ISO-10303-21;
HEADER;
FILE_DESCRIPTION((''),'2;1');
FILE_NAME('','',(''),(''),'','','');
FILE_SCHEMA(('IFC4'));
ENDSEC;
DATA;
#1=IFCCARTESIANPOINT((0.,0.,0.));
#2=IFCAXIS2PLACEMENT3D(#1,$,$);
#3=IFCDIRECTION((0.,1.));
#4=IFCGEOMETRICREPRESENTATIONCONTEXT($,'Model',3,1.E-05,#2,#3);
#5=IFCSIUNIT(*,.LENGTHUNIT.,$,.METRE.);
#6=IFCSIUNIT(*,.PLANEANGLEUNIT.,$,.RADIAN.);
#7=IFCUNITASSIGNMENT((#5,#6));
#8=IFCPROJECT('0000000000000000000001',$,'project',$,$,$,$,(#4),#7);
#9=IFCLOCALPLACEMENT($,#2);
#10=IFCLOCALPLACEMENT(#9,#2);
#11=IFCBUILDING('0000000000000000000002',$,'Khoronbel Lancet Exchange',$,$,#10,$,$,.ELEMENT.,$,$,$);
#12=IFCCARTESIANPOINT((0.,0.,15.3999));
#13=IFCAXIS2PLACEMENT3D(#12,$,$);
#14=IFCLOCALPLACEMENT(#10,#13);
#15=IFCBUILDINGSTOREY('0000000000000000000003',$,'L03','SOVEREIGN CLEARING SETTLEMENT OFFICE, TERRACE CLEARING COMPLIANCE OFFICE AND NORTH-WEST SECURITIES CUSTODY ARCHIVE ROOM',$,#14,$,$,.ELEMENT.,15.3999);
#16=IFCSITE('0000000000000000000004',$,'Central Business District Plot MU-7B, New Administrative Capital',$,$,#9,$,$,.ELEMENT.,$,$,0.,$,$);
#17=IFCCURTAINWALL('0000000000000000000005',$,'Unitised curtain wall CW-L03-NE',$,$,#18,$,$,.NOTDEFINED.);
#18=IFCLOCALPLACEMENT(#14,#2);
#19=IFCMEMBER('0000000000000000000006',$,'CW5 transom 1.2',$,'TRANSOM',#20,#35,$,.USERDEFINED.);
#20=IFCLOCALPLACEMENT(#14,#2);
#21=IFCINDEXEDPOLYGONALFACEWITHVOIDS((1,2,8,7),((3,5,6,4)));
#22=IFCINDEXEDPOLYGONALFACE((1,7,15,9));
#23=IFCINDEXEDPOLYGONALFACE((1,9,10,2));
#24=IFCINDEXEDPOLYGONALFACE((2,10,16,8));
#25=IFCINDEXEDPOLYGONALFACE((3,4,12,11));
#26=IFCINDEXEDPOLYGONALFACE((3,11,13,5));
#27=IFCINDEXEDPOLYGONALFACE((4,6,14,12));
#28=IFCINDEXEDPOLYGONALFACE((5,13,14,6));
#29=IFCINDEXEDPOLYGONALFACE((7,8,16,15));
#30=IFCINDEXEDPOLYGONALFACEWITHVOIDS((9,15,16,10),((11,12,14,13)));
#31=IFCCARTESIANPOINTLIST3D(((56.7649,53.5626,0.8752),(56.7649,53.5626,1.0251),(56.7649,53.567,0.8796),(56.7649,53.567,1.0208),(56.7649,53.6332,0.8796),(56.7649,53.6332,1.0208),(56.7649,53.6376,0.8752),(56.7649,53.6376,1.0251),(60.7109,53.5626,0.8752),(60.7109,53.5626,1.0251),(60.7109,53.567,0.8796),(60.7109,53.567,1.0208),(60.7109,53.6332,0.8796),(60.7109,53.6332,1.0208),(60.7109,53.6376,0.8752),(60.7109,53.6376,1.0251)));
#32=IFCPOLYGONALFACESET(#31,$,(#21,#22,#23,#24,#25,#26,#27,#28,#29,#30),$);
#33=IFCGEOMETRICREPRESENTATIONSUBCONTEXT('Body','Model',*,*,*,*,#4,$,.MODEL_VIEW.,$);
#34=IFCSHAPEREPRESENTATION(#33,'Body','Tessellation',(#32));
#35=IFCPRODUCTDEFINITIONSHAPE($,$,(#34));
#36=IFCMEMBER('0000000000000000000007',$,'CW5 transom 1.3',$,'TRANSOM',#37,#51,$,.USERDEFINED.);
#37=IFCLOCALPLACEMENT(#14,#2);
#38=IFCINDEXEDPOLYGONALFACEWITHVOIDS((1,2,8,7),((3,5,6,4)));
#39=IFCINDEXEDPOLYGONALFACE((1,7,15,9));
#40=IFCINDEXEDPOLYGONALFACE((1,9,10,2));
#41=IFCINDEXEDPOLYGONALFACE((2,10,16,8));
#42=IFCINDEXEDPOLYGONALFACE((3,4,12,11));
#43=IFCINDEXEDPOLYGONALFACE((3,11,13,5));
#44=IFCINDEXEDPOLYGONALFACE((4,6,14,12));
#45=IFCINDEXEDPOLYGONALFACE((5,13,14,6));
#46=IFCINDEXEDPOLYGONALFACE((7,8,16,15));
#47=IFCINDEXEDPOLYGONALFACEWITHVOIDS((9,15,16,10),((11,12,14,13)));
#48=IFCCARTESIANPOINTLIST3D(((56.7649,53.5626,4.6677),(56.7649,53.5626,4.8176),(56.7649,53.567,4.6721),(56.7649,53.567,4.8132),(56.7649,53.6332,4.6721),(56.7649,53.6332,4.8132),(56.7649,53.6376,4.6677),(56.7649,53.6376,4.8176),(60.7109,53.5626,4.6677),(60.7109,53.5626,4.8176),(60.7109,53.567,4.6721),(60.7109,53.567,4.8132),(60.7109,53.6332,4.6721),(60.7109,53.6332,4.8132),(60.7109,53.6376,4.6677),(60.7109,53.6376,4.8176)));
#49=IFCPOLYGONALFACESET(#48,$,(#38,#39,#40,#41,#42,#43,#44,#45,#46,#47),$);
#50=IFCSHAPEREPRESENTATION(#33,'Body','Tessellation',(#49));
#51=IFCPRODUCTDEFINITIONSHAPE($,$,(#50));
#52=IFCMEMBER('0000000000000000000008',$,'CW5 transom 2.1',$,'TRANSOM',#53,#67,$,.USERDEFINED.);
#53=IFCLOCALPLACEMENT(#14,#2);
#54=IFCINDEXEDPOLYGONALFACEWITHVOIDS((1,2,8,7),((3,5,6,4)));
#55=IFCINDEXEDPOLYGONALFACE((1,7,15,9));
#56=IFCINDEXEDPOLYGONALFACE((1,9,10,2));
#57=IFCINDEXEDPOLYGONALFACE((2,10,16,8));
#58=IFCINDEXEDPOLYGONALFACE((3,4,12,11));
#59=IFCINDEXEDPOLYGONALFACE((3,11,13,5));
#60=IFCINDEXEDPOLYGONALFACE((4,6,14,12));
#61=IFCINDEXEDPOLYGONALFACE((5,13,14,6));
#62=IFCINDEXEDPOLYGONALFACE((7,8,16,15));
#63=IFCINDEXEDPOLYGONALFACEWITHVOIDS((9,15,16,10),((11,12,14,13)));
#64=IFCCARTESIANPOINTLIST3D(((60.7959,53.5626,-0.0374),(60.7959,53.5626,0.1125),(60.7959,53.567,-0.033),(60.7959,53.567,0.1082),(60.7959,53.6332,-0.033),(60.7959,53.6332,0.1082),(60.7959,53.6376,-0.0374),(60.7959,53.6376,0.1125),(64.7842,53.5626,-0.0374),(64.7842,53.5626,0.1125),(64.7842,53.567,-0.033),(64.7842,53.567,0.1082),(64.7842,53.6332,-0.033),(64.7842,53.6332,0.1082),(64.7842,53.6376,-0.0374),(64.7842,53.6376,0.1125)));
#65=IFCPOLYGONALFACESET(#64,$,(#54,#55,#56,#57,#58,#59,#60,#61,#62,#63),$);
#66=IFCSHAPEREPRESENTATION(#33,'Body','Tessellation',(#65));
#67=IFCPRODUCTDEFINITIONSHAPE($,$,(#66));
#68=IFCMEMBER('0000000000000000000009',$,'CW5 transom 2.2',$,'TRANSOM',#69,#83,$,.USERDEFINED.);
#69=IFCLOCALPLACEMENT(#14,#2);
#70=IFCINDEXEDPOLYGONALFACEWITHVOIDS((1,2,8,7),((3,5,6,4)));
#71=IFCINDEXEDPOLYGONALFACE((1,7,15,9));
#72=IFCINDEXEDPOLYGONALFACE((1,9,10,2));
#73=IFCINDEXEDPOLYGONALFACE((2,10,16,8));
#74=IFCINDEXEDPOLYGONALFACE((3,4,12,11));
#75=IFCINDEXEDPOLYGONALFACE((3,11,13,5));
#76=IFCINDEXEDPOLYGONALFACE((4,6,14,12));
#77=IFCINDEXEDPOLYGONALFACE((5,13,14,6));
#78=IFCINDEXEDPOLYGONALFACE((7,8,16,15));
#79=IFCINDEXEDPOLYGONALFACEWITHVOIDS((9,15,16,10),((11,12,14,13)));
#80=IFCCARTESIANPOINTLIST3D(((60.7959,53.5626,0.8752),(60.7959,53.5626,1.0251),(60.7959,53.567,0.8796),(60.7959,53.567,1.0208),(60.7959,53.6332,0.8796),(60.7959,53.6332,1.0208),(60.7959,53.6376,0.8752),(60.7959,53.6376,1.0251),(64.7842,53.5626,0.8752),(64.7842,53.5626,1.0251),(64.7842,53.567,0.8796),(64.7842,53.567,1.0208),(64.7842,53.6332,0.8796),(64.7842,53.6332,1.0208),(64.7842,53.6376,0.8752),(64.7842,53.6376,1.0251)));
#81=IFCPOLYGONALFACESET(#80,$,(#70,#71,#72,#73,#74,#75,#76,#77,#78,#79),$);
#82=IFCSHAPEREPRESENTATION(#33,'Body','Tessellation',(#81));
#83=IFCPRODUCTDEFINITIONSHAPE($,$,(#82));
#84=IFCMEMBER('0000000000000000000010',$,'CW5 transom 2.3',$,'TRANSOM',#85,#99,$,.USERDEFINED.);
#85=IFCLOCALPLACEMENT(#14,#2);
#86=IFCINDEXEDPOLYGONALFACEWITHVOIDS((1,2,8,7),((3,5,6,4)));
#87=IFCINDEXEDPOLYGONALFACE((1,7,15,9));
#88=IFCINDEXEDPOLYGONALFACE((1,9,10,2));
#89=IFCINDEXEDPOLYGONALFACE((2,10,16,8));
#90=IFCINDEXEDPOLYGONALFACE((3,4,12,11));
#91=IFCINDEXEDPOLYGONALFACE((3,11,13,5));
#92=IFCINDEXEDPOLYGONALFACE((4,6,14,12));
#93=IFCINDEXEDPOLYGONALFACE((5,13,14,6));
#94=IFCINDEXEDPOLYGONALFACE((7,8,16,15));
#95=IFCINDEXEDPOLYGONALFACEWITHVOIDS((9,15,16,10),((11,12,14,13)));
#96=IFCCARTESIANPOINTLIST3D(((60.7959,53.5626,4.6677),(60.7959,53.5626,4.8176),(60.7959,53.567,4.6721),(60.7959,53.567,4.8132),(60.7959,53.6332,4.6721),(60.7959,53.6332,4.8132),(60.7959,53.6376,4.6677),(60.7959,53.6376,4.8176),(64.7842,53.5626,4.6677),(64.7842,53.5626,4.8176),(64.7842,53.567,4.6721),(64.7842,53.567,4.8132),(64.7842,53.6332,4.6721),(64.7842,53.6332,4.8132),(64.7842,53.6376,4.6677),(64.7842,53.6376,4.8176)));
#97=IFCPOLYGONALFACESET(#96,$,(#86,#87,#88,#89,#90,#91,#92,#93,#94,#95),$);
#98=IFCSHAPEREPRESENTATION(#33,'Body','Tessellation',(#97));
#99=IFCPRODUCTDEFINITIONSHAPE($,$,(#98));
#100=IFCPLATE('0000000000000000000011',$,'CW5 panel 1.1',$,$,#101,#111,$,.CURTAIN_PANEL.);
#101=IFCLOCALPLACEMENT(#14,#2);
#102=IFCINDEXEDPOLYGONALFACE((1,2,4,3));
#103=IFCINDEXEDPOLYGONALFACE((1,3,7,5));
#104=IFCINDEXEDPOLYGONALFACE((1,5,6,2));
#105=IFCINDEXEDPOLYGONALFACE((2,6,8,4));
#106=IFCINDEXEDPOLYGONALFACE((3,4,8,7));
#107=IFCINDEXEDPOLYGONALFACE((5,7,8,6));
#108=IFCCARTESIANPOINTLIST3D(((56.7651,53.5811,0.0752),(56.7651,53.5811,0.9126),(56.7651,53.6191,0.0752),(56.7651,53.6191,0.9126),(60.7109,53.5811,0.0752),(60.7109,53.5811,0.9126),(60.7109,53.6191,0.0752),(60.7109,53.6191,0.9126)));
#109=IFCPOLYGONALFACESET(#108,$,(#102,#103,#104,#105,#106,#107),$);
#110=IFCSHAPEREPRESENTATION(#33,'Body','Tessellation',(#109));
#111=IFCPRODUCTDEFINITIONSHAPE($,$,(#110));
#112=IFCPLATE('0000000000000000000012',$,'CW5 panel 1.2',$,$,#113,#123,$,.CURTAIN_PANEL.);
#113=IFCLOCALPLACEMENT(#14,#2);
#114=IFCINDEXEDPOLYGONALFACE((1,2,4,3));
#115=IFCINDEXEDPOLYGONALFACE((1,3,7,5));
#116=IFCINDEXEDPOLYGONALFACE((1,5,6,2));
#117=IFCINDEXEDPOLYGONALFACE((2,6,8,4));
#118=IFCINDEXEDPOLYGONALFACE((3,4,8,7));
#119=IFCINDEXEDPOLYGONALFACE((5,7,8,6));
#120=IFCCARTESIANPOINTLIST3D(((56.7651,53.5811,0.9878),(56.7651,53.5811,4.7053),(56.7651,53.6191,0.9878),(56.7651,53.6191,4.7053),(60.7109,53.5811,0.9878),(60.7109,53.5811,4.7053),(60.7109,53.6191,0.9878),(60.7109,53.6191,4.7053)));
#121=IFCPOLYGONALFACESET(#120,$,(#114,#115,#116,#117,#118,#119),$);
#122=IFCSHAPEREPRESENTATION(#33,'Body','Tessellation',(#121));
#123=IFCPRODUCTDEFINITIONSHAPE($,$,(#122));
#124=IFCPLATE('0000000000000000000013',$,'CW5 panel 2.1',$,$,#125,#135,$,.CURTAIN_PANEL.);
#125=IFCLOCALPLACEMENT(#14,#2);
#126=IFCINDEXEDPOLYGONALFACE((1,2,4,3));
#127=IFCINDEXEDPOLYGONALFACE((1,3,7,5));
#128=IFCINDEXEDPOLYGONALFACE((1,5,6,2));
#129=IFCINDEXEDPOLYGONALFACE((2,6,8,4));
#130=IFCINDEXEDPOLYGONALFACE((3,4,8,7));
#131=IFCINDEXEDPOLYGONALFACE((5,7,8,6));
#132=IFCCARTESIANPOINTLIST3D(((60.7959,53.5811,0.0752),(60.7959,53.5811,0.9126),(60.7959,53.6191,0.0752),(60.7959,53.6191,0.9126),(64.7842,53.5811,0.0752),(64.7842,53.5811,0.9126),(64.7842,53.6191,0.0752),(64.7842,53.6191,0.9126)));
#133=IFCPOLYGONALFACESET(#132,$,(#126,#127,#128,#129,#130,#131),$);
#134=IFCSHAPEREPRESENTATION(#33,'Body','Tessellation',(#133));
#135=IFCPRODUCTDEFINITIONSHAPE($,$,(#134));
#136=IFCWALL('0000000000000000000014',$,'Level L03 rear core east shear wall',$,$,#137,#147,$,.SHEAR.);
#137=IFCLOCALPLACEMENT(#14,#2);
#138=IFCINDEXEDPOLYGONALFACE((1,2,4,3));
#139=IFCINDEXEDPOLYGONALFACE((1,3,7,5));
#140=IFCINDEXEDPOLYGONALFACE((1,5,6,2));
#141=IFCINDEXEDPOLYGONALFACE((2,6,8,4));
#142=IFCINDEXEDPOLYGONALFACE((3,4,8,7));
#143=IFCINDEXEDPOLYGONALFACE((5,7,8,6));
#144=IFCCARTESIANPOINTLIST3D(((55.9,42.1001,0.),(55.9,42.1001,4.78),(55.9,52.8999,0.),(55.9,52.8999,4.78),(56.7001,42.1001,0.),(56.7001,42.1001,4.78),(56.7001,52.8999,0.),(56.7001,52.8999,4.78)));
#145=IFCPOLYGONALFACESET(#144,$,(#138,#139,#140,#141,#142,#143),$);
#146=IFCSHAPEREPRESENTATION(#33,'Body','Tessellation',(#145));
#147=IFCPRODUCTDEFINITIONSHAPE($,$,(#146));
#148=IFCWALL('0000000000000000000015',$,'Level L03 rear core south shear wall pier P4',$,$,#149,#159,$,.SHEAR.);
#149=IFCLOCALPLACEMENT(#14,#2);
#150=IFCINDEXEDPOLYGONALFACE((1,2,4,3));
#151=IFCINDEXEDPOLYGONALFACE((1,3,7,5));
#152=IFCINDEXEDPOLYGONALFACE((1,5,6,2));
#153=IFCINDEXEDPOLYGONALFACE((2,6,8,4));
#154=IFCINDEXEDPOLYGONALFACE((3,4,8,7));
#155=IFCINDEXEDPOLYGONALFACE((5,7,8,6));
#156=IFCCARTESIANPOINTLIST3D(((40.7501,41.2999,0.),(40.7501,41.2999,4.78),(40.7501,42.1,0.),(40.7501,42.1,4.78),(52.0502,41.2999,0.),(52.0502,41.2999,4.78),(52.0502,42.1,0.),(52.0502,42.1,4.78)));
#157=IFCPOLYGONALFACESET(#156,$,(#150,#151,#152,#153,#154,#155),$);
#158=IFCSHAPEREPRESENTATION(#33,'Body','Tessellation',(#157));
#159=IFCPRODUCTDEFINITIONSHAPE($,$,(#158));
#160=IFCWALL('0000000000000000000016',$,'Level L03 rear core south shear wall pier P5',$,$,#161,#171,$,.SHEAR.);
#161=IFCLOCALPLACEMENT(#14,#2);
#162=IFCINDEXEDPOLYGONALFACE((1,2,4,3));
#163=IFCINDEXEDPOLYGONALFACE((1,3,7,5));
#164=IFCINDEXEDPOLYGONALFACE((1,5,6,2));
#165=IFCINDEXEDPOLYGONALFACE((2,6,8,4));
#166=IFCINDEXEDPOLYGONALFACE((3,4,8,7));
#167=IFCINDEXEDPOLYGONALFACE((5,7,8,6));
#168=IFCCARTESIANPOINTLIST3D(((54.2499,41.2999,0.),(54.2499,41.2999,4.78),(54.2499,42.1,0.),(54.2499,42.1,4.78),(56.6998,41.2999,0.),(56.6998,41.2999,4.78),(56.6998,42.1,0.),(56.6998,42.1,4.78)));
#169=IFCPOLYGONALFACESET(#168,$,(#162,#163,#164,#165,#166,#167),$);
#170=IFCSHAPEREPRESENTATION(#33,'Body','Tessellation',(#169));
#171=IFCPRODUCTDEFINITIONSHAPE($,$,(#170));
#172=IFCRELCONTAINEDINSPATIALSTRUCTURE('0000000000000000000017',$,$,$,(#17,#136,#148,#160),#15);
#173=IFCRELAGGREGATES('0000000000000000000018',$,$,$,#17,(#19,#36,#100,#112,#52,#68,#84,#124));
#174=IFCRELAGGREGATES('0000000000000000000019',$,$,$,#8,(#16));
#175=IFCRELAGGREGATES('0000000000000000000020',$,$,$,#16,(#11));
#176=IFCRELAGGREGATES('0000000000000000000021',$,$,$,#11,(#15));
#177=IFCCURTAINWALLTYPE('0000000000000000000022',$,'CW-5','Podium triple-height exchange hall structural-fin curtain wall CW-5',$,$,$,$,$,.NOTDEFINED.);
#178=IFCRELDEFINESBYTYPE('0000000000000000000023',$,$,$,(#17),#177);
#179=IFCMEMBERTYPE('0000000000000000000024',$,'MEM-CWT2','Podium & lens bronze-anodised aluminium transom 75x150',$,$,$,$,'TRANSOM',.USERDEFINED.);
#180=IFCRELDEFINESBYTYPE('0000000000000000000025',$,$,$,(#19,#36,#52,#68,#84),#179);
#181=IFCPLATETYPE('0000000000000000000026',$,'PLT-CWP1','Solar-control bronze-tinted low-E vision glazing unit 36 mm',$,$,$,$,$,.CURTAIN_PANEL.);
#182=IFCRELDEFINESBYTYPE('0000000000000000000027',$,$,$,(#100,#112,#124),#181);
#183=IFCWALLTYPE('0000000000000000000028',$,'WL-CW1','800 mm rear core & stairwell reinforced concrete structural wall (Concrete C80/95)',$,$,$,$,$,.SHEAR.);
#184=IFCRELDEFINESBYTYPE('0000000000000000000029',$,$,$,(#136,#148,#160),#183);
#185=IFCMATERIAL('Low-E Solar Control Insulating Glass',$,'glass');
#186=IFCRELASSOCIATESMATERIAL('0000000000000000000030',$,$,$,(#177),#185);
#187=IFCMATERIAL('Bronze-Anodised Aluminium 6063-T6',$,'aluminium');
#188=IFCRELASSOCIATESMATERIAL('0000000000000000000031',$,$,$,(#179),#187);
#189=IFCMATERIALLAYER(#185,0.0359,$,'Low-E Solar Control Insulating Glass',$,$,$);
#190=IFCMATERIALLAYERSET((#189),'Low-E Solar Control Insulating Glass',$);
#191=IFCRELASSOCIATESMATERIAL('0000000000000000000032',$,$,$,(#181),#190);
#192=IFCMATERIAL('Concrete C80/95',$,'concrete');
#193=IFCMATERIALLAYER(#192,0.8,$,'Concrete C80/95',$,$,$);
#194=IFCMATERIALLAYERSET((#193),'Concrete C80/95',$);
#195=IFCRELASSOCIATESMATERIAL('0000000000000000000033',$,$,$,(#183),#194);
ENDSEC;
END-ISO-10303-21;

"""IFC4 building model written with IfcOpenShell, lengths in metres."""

from ifc_helpers import new_model, si_unit, direction, frame, frame_2d, origin, origin_2d, place, context, subcontext, project, spatial, rectangle, hollow_rectangle, extrude, material, layer, layer_set, material_profile, profile_set, type_object, element, aggregate, save


model = new_model("IFC4")

# Units and contexts
model_context = context("Model", 3, precision=1e-05, world=origin(), true_north=direction((0.0, 1.0)))
body_context = subcontext(model_context, "Body", "Model", "MODEL_VIEW")
ifc_project = project(units=[si_unit("LENGTHUNIT", "METRE"), si_unit("PLANEANGLEUNIT", "RADIAN")], contexts=[model_context])

# Site, building, storey
site_placement = place(None, origin())
site = spatial("IfcSite", under=ifc_project, at=site_placement, Name="Central Business District Plot MU-7B, New Administrative Capital", CompositionType="ELEMENT", RefElevation=0.0)
building_placement = place(site_placement, origin())
building = spatial("IfcBuilding", under=site, at=building_placement, Name="Khoronbel Lancet Exchange", CompositionType="ELEMENT")
storey_placement = place(building_placement, frame((0.0, 0.0, 15.3999)))
storey = spatial("IfcBuildingStorey", under=building, at=storey_placement, Name="L03", Description="SOVEREIGN CLEARING SETTLEMENT OFFICE, TERRACE CLEARING COMPLIANCE OFFICE AND NORTH-WEST SECURITIES CUSTODY ARCHIVE ROOM", CompositionType="ELEMENT", Elevation=15.3999)

# Shared definitions
ifc_material_1 = material(Name="Concrete C80/95", Category="concrete")

# Curtain wall, members, plates
ifc_material_2 = material(Name="Low-E Solar Control Insulating Glass", Category="glass")
curtain_wall_type = type_object("IfcCurtainWallType", Name="CW-5", Description="Podium triple-height exchange hall structural-fin curtain wall CW-5", PredefinedType="NOTDEFINED", material=ifc_material_2)
curtain_wall_placement = place(storey_placement, origin())
curtain_wall = element("IfcCurtainWall", 1, at=curtain_wall_placement, inside=storey, type_object=curtain_wall_type, Name="Unitised curtain wall CW-L03-NE", PredefinedType="NOTDEFINED")
ifc_material_3 = material(Name="Bronze-Anodised Aluminium 6063-T6", Category="aluminium")
ifc_material_profile_1 = material_profile(ifc_material_3, hollow_rectangle(XDim=0.075, YDim=0.1499, WallThickness=0.0044, at=origin_2d()), Name="ALU TRANSOM 75x150")
ifc_profile_set_1 = profile_set([ifc_material_profile_1], Name="Bronze-Anodised Aluminium 6063-T6")
member_type_1 = type_object("IfcMemberType", Name="MEM-CWT2", Description="Podium & lens bronze-anodised aluminium transom 75x150", ElementType="TRANSOM", PredefinedType="USERDEFINED", material=ifc_profile_set_1)
member_1_placement = place(storey_placement, frame((56.7649, 53.6001, 0.9502), z_axis=(1.0, 0.0, 0.0), x_axis=(0.0, 1.0, 0.0)))
member_1 = element("IfcMember", 2, at=member_1_placement, type_object=member_type_1, Name="CW5 transom 1.2", ObjectType="TRANSOM", PredefinedType="USERDEFINED", context=body_context, shape_type="SweptSolid", body=[
    extrude(hollow_rectangle(XDim=0.075, YDim=0.1499, WallThickness=0.0044, at=origin_2d()), origin(), (0.0, 0.0, 1.0), 3.946),
])
member_2_placement = place(storey_placement, frame((56.7649, 53.6001, 4.7427), z_axis=(1.0, 0.0, 0.0), x_axis=(0.0, 1.0, 0.0)))
member_2 = element("IfcMember", 3, at=member_2_placement, type_object=member_type_1, Name="CW5 transom 1.3", ObjectType="TRANSOM", PredefinedType="USERDEFINED", context=body_context, shape_type="SweptSolid", body=[
    extrude(hollow_rectangle(XDim=0.075, YDim=0.1499, WallThickness=0.0044, at=origin_2d()), origin(), (0.0, 0.0, 1.0), 3.946),
])
member_3_placement = place(storey_placement, frame((60.7959, 53.6001, 0.0376), z_axis=(1.0, 0.0, 0.0), x_axis=(0.0, 1.0, 0.0)))
member_3 = element("IfcMember", 4, at=member_3_placement, type_object=member_type_1, Name="CW5 transom 2.1", ObjectType="TRANSOM", PredefinedType="USERDEFINED", context=body_context, shape_type="SweptSolid", body=[
    extrude(hollow_rectangle(XDim=0.075, YDim=0.1499, WallThickness=0.0044, at=origin_2d()), origin(), (0.0, 0.0, 1.0), 3.9883),
])
member_4_placement = place(storey_placement, frame((60.7959, 53.6001, 0.9502), z_axis=(1.0, 0.0, 0.0), x_axis=(0.0, 1.0, 0.0)))
member_4 = element("IfcMember", 5, at=member_4_placement, type_object=member_type_1, Name="CW5 transom 2.2", ObjectType="TRANSOM", PredefinedType="USERDEFINED", context=body_context, shape_type="SweptSolid", body=[
    extrude(hollow_rectangle(XDim=0.075, YDim=0.1499, WallThickness=0.0044, at=origin_2d()), origin(), (0.0, 0.0, 1.0), 3.9883),
])
member_5_placement = place(storey_placement, frame((60.7959, 53.6001, 4.7427), z_axis=(1.0, 0.0, 0.0), x_axis=(0.0, 1.0, 0.0)))
member_5 = element("IfcMember", 6, at=member_5_placement, type_object=member_type_1, Name="CW5 transom 2.3", ObjectType="TRANSOM", PredefinedType="USERDEFINED", context=body_context, shape_type="SweptSolid", body=[
    extrude(hollow_rectangle(XDim=0.075, YDim=0.1499, WallThickness=0.0044, at=origin_2d()), origin(), (0.0, 0.0, 1.0), 3.9883),
])
ifc_layer_1 = layer(ifc_material_2, 0.0359, Name="Low-E Solar Control Insulating Glass")
ifc_layer_set_1 = layer_set([ifc_layer_1], Name="Low-E Solar Control Insulating Glass")
plate_type = type_object("IfcPlateType", Name="PLT-CWP1", Description="Solar-control bronze-tinted low-E vision glazing unit 36 mm", PredefinedType="CURTAIN_PANEL", material=ifc_layer_set_1)
plate_1_placement = place(storey_placement, frame((58.738, 53.6001, 0.0752), z_axis=(0.0, 0.0, 1.0), x_axis=(1.0, 0.0, 0.0)))
plate_1 = element("IfcPlate", 7, at=plate_1_placement, type_object=plate_type, Name="CW5 panel 1.1", PredefinedType="CURTAIN_PANEL", context=body_context, shape_type="SweptSolid", body=[
    extrude(rectangle(XDim=3.9458, YDim=0.0381, at=origin_2d()), origin(), (0.0, 0.0, 1.0), 0.8374),
])
plate_2_placement = place(storey_placement, frame((58.738, 53.6001, 0.9878), z_axis=(0.0, 0.0, 1.0), x_axis=(1.0, 0.0, 0.0)))
plate_2 = element("IfcPlate", 8, at=plate_2_placement, type_object=plate_type, Name="CW5 panel 1.2", PredefinedType="CURTAIN_PANEL", context=body_context, shape_type="SweptSolid", body=[
    extrude(rectangle(XDim=3.9458, YDim=0.0381, at=origin_2d()), origin(), (0.0, 0.0, 1.0), 3.7175),
])
plate_3_placement = place(storey_placement, frame((62.79, 53.6001, 0.0752), z_axis=(0.0, 0.0, 1.0), x_axis=(1.0, 0.0, 0.0)))
plate_3 = element("IfcPlate", 9, at=plate_3_placement, type_object=plate_type, Name="CW5 panel 2.1", PredefinedType="CURTAIN_PANEL", context=body_context, shape_type="SweptSolid", body=[
    extrude(rectangle(XDim=3.9883, YDim=0.0381, at=origin_2d()), origin(), (0.0, 0.0, 1.0), 0.8374),
])
aggregate(curtain_wall, [member_1, member_2, plate_1, plate_2, member_3, member_4, member_5, plate_3])

# Walls
ifc_layer_2 = layer(ifc_material_1, 0.8, Name="Concrete C80/95")
ifc_layer_set_2 = layer_set([ifc_layer_2], Name="Concrete C80/95")
wall_type = type_object("IfcWallType", Name="WL-CW1", Description="800 mm rear core & stairwell reinforced concrete structural wall (Concrete C80/95)", PredefinedType="SHEAR", material=ifc_layer_set_2)
wall_1_placement = place(storey_placement, frame((56.3, 52.8999, 0.0), z_axis=(0.0, 0.0, 1.0), x_axis=(0.0, -1.0, 0.0)))
element("IfcWall", 10, at=wall_1_placement, inside=storey, type_object=wall_type, Name="Level L03 rear core east shear wall", PredefinedType="SHEAR", context=body_context, shape_type="SweptSolid", body=[
    extrude(rectangle(XDim=10.7998, YDim=0.8, at=frame_2d((5.3999, 0.0))), origin(), (0.0, 0.0, 1.0), 4.78),
])
wall_2_placement = place(storey_placement, frame((52.05, 41.7, 0.0), z_axis=(0.0, 0.0, 1.0), x_axis=(-1.0, 0.0, 0.0)))
element("IfcWall", 11, at=wall_2_placement, inside=storey, type_object=wall_type, Name="Level L03 rear core south shear wall pier P4", PredefinedType="SHEAR", context=body_context, shape_type="SweptSolid", body=[
    extrude(rectangle(XDim=11.3, YDim=0.8, at=frame_2d((5.6499, 0.0))), origin(), (0.0, 0.0, 1.0), 4.78),
])
wall_3_placement = place(storey_placement, frame((56.7, 41.7, 0.0), z_axis=(0.0, 0.0, 1.0), x_axis=(-1.0, 0.0, 0.0)))
element("IfcWall", 12, at=wall_3_placement, inside=storey, type_object=wall_type, Name="Level L03 rear core south shear wall pier P5", PredefinedType="SHEAR", context=body_context, shape_type="SweptSolid", body=[
    extrude(rectangle(XDim=2.45, YDim=0.8, at=frame_2d((1.2251, 0.0))), origin(), (0.0, 0.0, 1.0), 4.78),
])

save(model, "model.ifc")
